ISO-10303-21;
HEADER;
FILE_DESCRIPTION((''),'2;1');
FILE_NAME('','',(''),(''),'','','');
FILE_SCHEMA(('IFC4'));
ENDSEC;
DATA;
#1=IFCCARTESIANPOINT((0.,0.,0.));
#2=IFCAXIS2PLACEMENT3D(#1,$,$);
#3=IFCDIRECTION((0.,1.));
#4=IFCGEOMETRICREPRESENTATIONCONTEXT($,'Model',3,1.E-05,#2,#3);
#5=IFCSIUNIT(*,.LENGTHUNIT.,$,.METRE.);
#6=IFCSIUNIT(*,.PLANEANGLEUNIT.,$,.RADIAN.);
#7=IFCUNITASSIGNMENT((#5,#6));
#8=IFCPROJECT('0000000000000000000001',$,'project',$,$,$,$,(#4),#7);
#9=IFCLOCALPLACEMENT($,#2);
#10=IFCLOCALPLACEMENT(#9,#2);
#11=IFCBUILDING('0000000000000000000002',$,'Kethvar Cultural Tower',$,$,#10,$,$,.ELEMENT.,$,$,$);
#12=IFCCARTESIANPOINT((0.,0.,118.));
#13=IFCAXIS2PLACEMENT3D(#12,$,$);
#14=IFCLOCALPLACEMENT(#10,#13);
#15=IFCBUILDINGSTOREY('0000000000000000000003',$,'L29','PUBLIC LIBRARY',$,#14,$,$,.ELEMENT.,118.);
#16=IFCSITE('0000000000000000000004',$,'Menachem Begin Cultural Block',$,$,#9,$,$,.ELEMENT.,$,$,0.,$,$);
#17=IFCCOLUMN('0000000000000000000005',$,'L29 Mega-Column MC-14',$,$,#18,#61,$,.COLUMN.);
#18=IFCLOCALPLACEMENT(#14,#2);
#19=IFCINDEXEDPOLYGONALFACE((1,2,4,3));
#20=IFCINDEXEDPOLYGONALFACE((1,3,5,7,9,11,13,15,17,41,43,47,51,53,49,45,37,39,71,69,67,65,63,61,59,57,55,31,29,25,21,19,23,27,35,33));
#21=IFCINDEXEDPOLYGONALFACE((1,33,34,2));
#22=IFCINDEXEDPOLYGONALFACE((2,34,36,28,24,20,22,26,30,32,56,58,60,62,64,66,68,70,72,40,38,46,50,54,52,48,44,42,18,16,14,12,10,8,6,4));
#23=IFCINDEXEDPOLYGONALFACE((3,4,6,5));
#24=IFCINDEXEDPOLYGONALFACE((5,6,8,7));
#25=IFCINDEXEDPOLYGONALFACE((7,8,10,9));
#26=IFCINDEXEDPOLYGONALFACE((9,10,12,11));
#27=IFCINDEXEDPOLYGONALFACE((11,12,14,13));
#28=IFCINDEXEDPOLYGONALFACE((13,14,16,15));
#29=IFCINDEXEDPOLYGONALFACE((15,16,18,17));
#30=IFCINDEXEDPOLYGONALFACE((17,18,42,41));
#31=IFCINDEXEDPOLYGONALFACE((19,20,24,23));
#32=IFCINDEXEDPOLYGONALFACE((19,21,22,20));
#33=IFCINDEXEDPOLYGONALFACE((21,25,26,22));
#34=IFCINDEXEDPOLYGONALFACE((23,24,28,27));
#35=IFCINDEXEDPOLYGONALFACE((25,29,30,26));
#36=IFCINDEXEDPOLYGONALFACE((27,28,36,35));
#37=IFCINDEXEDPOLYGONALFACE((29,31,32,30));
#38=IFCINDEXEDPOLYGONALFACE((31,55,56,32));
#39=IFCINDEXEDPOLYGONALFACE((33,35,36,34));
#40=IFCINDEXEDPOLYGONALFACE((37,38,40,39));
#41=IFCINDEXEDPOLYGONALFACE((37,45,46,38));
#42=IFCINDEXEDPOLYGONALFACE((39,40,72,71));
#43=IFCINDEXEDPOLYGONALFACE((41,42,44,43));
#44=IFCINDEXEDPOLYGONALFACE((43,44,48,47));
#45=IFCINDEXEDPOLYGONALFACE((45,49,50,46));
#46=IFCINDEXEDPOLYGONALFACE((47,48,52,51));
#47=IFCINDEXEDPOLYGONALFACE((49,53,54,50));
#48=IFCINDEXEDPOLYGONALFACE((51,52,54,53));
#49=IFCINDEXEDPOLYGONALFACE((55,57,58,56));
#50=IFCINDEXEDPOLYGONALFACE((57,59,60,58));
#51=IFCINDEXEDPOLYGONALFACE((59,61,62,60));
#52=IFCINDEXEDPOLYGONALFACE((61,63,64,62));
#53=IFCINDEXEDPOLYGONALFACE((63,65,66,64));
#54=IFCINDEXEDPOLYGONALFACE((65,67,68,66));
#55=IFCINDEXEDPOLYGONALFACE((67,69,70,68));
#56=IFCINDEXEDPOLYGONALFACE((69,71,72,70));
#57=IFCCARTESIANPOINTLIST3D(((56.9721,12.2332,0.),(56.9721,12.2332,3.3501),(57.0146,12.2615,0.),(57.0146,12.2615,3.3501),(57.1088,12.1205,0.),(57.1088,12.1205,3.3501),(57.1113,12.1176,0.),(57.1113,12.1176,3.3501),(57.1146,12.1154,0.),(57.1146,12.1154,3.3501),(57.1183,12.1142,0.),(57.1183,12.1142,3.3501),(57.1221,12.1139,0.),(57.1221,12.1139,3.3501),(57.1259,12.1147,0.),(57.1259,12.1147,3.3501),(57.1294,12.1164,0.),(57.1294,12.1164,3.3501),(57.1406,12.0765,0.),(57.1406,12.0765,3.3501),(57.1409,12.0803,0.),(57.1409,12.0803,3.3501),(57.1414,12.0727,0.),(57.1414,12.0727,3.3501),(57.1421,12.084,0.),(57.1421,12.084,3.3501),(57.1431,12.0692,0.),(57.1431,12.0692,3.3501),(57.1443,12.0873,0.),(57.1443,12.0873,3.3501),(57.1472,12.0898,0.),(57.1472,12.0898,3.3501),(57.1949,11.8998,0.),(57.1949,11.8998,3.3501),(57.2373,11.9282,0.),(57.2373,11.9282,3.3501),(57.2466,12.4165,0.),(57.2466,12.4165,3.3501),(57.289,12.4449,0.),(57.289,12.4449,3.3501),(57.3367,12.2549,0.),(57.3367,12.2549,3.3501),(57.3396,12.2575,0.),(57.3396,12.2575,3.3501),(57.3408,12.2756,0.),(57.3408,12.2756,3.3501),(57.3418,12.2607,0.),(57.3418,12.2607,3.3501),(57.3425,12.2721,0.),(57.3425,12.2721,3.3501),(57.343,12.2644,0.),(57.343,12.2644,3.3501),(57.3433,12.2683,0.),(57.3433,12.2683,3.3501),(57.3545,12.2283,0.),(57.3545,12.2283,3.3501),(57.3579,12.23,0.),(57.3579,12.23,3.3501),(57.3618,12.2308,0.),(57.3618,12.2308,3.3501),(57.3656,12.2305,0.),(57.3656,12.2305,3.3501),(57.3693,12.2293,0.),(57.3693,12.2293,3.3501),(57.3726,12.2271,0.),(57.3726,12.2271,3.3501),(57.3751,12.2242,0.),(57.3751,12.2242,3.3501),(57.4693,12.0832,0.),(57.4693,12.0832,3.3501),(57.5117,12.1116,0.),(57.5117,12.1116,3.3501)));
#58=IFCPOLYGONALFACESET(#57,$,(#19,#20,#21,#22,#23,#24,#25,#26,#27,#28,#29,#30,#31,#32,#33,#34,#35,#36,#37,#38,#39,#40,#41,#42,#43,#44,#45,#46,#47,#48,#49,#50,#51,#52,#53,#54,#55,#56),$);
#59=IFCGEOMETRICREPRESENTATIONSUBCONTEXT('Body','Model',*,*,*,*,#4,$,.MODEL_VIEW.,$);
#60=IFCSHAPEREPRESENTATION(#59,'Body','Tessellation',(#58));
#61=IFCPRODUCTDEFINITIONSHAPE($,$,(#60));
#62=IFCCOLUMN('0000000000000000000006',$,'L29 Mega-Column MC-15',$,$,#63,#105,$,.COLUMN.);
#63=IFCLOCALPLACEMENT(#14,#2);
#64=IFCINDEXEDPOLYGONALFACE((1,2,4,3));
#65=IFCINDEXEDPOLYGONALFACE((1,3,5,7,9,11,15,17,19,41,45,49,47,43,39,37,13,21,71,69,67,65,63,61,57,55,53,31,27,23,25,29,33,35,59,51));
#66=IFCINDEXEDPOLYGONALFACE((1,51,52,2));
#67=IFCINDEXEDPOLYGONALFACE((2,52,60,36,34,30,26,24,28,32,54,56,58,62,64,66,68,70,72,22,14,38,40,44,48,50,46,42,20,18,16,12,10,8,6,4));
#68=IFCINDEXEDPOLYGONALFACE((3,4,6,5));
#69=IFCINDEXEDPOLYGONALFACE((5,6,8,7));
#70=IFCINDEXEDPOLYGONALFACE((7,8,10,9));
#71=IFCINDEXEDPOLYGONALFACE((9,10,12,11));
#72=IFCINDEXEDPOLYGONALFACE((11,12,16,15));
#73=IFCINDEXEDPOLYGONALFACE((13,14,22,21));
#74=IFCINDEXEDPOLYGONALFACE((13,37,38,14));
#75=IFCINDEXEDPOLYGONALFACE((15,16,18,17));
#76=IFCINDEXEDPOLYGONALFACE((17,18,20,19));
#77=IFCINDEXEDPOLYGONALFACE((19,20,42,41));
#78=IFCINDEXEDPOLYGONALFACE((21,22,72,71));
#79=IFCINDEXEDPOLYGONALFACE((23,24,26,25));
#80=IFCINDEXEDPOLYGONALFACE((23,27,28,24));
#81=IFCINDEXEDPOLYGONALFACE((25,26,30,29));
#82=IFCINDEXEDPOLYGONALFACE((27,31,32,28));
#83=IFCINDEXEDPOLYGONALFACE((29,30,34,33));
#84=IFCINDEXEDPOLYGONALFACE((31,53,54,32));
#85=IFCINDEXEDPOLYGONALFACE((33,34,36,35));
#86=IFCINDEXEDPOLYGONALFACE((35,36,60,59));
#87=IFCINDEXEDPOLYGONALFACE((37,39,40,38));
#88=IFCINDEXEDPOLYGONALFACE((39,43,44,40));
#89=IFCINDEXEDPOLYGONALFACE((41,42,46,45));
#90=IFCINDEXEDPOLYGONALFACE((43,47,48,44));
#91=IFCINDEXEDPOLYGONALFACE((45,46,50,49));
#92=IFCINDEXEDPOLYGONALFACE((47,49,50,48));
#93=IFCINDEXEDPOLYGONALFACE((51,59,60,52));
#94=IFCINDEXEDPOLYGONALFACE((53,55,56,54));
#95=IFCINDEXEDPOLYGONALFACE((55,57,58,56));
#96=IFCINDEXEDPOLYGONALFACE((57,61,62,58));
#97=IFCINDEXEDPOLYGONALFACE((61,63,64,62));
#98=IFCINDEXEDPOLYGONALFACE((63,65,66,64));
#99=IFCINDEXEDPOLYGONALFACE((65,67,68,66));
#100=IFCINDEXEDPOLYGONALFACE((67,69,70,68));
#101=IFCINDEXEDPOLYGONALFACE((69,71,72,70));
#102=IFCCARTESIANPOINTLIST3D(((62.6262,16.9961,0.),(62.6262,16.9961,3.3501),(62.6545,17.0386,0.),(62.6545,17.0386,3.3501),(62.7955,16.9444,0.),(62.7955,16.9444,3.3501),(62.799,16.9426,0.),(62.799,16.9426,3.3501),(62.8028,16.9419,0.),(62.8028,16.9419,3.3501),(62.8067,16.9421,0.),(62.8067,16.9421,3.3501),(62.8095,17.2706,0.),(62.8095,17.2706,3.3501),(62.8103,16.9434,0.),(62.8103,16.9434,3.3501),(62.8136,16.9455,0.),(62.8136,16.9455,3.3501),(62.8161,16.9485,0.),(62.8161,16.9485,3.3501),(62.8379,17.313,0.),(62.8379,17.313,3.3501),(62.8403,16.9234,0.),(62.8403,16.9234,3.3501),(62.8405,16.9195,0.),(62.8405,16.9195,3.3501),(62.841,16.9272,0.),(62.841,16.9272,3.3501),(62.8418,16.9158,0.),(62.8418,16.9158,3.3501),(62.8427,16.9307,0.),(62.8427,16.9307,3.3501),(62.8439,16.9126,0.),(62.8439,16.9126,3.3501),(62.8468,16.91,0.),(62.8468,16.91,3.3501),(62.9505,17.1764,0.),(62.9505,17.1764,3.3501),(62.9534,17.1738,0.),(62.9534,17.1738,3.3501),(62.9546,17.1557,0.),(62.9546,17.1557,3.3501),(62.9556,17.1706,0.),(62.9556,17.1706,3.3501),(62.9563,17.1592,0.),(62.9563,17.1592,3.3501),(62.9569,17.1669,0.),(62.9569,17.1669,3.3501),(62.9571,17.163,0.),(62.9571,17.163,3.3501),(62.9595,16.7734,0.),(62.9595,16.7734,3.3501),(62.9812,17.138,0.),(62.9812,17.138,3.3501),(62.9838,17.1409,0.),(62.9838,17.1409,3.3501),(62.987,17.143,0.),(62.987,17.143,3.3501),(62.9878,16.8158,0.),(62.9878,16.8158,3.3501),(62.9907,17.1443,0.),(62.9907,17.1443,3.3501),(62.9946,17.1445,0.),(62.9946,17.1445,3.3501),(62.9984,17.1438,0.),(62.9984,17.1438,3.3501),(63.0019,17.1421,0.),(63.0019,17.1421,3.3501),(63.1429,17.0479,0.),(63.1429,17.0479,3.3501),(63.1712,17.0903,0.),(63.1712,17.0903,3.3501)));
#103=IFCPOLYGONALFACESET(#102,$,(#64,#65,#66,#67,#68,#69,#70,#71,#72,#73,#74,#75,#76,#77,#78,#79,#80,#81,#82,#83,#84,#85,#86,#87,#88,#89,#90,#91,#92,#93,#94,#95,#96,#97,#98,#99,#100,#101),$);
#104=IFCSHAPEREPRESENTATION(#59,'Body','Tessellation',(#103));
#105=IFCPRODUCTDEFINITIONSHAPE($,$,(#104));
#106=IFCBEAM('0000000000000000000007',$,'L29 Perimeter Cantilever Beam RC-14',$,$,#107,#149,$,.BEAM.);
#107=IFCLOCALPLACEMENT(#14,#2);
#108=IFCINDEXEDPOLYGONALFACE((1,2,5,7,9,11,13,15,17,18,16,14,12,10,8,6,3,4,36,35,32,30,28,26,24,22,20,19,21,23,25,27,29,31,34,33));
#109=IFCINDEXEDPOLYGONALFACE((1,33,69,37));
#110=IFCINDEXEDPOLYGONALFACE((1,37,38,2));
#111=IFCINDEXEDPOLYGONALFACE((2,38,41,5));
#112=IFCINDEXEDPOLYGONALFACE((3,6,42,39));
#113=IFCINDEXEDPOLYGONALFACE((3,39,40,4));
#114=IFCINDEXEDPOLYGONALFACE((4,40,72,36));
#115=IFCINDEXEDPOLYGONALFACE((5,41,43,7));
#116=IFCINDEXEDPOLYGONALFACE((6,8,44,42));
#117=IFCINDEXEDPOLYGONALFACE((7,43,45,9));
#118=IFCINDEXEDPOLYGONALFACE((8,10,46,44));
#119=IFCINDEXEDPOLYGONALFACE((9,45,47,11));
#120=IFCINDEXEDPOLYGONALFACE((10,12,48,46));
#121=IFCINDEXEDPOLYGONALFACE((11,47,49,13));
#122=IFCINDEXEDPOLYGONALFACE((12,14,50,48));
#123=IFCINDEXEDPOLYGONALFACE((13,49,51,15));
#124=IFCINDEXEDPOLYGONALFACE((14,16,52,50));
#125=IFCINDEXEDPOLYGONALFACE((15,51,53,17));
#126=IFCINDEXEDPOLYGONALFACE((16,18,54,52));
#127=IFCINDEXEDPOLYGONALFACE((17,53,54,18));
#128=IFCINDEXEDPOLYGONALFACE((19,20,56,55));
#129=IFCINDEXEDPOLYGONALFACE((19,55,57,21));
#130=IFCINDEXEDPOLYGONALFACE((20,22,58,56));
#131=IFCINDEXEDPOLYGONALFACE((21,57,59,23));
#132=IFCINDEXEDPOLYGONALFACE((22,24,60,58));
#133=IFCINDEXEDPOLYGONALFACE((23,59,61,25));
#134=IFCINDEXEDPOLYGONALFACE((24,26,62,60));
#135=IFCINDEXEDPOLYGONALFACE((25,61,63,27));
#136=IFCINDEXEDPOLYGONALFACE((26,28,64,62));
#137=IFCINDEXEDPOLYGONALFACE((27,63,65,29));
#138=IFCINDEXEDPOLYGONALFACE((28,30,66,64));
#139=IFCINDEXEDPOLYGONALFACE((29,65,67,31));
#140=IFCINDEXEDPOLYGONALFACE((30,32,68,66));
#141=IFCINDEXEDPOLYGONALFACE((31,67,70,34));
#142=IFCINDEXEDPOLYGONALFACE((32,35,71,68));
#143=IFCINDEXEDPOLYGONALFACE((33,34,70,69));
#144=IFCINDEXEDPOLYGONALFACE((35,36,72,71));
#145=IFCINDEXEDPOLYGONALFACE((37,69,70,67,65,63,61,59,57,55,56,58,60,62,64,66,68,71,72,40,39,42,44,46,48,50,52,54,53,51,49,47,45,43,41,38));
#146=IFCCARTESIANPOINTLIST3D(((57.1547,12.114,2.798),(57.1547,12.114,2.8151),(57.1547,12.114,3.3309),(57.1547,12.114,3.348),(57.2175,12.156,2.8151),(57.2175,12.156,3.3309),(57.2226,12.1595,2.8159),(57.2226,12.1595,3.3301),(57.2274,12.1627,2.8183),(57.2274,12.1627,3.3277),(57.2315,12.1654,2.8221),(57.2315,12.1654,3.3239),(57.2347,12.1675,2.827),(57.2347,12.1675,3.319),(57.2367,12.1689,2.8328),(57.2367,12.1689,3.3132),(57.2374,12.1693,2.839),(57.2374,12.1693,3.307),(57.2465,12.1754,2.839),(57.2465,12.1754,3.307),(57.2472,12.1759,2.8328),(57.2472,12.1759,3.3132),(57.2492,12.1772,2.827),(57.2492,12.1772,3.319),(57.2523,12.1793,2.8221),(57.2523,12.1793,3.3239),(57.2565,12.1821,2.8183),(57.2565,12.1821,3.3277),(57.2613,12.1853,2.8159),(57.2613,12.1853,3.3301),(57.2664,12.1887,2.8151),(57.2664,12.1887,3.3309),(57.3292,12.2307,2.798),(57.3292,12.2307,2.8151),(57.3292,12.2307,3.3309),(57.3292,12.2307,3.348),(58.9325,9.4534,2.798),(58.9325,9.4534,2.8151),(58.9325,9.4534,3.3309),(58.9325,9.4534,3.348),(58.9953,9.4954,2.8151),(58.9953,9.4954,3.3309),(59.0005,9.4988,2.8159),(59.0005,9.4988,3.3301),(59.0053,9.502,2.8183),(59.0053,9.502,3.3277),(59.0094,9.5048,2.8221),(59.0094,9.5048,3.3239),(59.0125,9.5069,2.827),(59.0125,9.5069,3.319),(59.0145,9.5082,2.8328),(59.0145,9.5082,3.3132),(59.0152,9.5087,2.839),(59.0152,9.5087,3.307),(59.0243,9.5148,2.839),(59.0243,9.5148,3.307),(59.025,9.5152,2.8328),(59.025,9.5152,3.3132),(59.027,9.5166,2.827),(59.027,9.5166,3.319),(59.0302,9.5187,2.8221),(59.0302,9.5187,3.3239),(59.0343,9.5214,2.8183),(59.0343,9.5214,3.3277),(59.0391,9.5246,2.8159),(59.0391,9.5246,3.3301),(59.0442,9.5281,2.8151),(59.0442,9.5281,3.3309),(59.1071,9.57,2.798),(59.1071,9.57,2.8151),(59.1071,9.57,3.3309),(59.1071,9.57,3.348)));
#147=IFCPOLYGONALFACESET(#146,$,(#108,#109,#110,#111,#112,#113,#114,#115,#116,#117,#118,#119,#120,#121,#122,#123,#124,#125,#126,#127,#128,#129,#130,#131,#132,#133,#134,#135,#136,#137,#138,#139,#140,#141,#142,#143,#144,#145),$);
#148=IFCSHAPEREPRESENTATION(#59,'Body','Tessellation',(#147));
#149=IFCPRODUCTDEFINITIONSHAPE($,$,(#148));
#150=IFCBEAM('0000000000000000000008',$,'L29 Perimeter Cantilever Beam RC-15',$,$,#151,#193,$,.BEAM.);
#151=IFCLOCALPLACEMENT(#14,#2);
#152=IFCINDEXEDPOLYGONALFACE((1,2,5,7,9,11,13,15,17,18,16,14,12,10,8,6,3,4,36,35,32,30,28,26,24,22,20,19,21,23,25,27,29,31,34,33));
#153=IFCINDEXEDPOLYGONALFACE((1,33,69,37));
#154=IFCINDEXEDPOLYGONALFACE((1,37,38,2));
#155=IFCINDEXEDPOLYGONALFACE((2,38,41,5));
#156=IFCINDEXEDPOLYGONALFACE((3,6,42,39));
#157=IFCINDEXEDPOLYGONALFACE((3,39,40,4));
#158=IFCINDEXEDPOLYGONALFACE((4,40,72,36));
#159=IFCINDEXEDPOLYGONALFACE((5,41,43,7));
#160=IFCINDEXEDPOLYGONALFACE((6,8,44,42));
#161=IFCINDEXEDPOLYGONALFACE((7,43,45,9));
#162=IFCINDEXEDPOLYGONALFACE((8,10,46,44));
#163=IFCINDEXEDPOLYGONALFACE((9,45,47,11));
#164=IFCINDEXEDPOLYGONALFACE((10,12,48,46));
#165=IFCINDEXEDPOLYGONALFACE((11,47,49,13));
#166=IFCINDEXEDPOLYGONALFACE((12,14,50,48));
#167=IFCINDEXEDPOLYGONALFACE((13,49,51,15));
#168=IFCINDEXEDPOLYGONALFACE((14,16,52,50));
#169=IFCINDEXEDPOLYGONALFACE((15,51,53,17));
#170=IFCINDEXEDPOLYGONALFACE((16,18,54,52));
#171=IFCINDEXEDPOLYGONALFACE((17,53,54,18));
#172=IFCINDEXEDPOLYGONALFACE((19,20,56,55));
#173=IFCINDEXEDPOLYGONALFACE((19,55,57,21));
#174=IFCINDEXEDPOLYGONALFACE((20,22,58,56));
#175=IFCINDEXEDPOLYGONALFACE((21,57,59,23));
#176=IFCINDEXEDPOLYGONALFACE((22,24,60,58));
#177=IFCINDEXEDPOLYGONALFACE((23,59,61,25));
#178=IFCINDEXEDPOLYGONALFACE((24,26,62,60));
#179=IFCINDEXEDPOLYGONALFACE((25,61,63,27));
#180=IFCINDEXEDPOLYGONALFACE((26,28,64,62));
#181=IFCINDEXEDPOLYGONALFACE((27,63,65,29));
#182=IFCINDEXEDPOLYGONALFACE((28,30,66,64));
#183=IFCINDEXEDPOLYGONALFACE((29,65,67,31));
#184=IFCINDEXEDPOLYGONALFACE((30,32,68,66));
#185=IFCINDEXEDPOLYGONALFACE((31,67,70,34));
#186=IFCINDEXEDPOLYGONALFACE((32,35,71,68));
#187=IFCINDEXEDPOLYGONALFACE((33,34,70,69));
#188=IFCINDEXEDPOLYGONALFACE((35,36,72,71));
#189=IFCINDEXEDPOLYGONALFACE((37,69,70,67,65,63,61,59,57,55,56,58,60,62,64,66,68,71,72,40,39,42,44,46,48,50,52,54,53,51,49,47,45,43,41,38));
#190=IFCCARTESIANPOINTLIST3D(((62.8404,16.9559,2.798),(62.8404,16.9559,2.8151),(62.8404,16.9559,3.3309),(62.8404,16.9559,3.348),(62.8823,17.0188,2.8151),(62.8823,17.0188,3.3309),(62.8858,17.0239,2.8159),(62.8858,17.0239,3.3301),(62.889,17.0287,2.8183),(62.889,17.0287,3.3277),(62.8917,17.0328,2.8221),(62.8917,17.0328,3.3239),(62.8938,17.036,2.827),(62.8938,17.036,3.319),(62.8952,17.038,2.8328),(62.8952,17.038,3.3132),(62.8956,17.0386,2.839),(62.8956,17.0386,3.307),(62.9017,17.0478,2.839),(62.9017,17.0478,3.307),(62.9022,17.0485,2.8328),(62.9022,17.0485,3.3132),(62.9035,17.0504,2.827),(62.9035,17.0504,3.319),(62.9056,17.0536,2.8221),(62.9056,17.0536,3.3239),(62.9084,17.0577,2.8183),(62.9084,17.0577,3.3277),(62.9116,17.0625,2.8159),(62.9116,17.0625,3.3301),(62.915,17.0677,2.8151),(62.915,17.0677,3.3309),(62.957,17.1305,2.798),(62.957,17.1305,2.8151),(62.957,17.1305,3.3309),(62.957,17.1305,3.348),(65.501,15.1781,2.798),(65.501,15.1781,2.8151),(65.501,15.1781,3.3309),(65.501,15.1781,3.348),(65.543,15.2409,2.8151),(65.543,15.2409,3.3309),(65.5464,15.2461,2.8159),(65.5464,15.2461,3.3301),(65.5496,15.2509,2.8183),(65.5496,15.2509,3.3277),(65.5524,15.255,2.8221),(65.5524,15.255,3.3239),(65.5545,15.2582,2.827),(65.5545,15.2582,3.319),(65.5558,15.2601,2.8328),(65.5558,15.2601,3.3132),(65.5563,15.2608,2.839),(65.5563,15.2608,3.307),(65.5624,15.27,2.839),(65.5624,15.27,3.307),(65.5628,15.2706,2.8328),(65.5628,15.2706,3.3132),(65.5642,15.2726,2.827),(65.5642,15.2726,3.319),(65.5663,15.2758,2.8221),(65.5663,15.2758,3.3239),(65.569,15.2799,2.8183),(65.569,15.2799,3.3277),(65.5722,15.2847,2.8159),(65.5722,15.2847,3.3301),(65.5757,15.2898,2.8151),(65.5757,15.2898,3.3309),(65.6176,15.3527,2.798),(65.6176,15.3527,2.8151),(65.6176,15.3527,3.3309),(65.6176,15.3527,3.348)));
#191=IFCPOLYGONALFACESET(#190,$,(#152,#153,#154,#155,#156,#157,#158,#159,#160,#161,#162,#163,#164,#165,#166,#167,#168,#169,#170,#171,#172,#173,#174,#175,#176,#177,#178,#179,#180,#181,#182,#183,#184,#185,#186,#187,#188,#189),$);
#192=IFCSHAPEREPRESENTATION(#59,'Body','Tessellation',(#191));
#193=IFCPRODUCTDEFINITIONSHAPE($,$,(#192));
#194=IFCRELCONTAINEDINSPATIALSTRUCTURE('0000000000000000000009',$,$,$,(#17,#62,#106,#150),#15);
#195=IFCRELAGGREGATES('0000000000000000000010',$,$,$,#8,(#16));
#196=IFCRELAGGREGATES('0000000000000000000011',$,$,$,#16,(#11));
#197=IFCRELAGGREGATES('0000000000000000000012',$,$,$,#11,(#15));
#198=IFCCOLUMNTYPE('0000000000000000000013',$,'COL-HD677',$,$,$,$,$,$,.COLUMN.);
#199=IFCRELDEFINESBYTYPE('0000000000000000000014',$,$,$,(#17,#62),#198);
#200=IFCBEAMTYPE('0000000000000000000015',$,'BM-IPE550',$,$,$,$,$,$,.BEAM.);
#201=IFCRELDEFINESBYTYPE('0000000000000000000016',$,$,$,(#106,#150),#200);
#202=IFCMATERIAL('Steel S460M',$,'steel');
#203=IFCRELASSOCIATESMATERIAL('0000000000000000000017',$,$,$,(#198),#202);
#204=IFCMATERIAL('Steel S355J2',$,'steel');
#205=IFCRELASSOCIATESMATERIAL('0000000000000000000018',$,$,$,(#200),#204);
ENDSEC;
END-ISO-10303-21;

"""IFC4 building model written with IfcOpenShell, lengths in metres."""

from ifc_helpers import new_model, si_unit, direction, frame, origin, origin_2d, place, context, subcontext, project, spatial, i_section, extrude, source, transform, mapped, material, material_profile, profile_set, type_object, element, save


model = new_model("IFC4")

# Units and contexts
model_context = context("Model", 3, precision=1e-05, world=origin(), true_north=direction((0.0, 1.0)))
body_context = subcontext(model_context, "Body", "Model", "MODEL_VIEW")
ifc_project = project(units=[si_unit("LENGTHUNIT", "METRE"), si_unit("PLANEANGLEUNIT", "RADIAN")], contexts=[model_context])

# Site, building, storey
site_placement = place(None, origin())
site = spatial("IfcSite", under=ifc_project, at=site_placement, Name="Menachem Begin Cultural Block", CompositionType="ELEMENT", RefElevation=0.0)
building_placement = place(site_placement, origin())
building = spatial("IfcBuilding", under=site, at=building_placement, Name="Kethvar Cultural Tower", CompositionType="ELEMENT")
storey_placement = place(building_placement, frame((0.0, 0.0, 118.0)))
storey = spatial("IfcBuildingStorey", under=building, at=storey_placement, Name="L29", Description="PUBLIC LIBRARY", CompositionType="ELEMENT", Elevation=118.0)

# Columns
ifc_material_1 = material(Name="Steel S460M", Category="steel")
ifc_material_profile_1 = material_profile(ifc_material_1, i_section(OverallWidth=0.4009, OverallDepth=0.3811, WebThickness=0.032, FlangeThickness=0.051, FilletRadius=0.0149, at=origin_2d()), Name="Steel S460M — HD400x677")
ifc_profile_set_1 = profile_set([ifc_material_profile_1], Name="Steel S460M — HD400x677")
column_type = type_object("IfcColumnType", Name="COL-HD677", PredefinedType="COLUMN", material=ifc_profile_set_1)
shared_shape_1 = source(origin(), body_context, "Body", "SweptSolid", [
    extrude(i_section(OverallWidth=0.4009, OverallDepth=0.3811, WebThickness=0.032, FlangeThickness=0.051, FilletRadius=0.0149, at=origin_2d()), origin(), (0.0, 0.0, 1.0), 3.3501),
])
for number, where, z_axis, x_axis, name in (
    (1, (57.2419, 12.1724, 0.0), (0.0, 0.0, 1.0), (0.55557, -0.83147, 0.0), "L29 Mega-Column MC-14"),
    (2, (62.8987, 17.0432, 0.0), (0.0, 0.0, 1.0), (0.83147, -0.55557, 0.0), "L29 Mega-Column MC-15"),
):
    element("IfcColumn", number, at=place(storey_placement, frame(where, z_axis=z_axis, x_axis=x_axis)), inside=storey, type_object=column_type, Name=name, PredefinedType="COLUMN", context=body_context, shape_type="MappedRepresentation", body=[
        mapped(shared_shape_1, transform((0.0, 0.0, 0.0), scale=1.0)),
    ])

# Beams
ifc_material_2 = material(Name="Steel S355J2", Category="steel")
ifc_material_profile_2 = material_profile(ifc_material_2, i_section(OverallWidth=0.21, OverallDepth=0.55, WebThickness=0.011, FlangeThickness=0.0171, FilletRadius=0.0239, at=origin_2d()), Name="Steel S355J2 — IPE550")
ifc_profile_set_2 = profile_set([ifc_material_profile_2], Name="Steel S355J2 — IPE550")
beam_type_1 = type_object("IfcBeamType", Name="BM-IPE550", PredefinedType="BEAM", material=ifc_profile_set_2)
shared_shape_2 = source(origin(), body_context, "Body", "SweptSolid", [
    extrude(i_section(OverallWidth=0.21, OverallDepth=0.55, WebThickness=0.011, FlangeThickness=0.0171, FilletRadius=0.0239, at=origin_2d()), origin(), (0.0, 0.0, 1.0), 3.2),
])
for number, where, z_axis, x_axis, name in (
    (3, (57.2419, 12.1724, 3.073), (0.55558, -0.831463, 0.0), (0.831463, 0.55558, 0.0), "L29 Perimeter Cantilever Beam RC-14"),
    (4, (62.8987, 17.0432, 3.073), (0.831463, -0.55558, 0.0), (0.55558, 0.831463, 0.0), "L29 Perimeter Cantilever Beam RC-15"),
):
    element("IfcBeam", number, at=place(storey_placement, frame(where, z_axis=z_axis, x_axis=x_axis)), inside=storey, type_object=beam_type_1, Name=name, PredefinedType="BEAM", context=body_context, shape_type="MappedRepresentation", body=[
        mapped(shared_shape_2, transform((0.0, 0.0, 0.0), scale=1.0)),
    ])

save(model, "model.ifc")
